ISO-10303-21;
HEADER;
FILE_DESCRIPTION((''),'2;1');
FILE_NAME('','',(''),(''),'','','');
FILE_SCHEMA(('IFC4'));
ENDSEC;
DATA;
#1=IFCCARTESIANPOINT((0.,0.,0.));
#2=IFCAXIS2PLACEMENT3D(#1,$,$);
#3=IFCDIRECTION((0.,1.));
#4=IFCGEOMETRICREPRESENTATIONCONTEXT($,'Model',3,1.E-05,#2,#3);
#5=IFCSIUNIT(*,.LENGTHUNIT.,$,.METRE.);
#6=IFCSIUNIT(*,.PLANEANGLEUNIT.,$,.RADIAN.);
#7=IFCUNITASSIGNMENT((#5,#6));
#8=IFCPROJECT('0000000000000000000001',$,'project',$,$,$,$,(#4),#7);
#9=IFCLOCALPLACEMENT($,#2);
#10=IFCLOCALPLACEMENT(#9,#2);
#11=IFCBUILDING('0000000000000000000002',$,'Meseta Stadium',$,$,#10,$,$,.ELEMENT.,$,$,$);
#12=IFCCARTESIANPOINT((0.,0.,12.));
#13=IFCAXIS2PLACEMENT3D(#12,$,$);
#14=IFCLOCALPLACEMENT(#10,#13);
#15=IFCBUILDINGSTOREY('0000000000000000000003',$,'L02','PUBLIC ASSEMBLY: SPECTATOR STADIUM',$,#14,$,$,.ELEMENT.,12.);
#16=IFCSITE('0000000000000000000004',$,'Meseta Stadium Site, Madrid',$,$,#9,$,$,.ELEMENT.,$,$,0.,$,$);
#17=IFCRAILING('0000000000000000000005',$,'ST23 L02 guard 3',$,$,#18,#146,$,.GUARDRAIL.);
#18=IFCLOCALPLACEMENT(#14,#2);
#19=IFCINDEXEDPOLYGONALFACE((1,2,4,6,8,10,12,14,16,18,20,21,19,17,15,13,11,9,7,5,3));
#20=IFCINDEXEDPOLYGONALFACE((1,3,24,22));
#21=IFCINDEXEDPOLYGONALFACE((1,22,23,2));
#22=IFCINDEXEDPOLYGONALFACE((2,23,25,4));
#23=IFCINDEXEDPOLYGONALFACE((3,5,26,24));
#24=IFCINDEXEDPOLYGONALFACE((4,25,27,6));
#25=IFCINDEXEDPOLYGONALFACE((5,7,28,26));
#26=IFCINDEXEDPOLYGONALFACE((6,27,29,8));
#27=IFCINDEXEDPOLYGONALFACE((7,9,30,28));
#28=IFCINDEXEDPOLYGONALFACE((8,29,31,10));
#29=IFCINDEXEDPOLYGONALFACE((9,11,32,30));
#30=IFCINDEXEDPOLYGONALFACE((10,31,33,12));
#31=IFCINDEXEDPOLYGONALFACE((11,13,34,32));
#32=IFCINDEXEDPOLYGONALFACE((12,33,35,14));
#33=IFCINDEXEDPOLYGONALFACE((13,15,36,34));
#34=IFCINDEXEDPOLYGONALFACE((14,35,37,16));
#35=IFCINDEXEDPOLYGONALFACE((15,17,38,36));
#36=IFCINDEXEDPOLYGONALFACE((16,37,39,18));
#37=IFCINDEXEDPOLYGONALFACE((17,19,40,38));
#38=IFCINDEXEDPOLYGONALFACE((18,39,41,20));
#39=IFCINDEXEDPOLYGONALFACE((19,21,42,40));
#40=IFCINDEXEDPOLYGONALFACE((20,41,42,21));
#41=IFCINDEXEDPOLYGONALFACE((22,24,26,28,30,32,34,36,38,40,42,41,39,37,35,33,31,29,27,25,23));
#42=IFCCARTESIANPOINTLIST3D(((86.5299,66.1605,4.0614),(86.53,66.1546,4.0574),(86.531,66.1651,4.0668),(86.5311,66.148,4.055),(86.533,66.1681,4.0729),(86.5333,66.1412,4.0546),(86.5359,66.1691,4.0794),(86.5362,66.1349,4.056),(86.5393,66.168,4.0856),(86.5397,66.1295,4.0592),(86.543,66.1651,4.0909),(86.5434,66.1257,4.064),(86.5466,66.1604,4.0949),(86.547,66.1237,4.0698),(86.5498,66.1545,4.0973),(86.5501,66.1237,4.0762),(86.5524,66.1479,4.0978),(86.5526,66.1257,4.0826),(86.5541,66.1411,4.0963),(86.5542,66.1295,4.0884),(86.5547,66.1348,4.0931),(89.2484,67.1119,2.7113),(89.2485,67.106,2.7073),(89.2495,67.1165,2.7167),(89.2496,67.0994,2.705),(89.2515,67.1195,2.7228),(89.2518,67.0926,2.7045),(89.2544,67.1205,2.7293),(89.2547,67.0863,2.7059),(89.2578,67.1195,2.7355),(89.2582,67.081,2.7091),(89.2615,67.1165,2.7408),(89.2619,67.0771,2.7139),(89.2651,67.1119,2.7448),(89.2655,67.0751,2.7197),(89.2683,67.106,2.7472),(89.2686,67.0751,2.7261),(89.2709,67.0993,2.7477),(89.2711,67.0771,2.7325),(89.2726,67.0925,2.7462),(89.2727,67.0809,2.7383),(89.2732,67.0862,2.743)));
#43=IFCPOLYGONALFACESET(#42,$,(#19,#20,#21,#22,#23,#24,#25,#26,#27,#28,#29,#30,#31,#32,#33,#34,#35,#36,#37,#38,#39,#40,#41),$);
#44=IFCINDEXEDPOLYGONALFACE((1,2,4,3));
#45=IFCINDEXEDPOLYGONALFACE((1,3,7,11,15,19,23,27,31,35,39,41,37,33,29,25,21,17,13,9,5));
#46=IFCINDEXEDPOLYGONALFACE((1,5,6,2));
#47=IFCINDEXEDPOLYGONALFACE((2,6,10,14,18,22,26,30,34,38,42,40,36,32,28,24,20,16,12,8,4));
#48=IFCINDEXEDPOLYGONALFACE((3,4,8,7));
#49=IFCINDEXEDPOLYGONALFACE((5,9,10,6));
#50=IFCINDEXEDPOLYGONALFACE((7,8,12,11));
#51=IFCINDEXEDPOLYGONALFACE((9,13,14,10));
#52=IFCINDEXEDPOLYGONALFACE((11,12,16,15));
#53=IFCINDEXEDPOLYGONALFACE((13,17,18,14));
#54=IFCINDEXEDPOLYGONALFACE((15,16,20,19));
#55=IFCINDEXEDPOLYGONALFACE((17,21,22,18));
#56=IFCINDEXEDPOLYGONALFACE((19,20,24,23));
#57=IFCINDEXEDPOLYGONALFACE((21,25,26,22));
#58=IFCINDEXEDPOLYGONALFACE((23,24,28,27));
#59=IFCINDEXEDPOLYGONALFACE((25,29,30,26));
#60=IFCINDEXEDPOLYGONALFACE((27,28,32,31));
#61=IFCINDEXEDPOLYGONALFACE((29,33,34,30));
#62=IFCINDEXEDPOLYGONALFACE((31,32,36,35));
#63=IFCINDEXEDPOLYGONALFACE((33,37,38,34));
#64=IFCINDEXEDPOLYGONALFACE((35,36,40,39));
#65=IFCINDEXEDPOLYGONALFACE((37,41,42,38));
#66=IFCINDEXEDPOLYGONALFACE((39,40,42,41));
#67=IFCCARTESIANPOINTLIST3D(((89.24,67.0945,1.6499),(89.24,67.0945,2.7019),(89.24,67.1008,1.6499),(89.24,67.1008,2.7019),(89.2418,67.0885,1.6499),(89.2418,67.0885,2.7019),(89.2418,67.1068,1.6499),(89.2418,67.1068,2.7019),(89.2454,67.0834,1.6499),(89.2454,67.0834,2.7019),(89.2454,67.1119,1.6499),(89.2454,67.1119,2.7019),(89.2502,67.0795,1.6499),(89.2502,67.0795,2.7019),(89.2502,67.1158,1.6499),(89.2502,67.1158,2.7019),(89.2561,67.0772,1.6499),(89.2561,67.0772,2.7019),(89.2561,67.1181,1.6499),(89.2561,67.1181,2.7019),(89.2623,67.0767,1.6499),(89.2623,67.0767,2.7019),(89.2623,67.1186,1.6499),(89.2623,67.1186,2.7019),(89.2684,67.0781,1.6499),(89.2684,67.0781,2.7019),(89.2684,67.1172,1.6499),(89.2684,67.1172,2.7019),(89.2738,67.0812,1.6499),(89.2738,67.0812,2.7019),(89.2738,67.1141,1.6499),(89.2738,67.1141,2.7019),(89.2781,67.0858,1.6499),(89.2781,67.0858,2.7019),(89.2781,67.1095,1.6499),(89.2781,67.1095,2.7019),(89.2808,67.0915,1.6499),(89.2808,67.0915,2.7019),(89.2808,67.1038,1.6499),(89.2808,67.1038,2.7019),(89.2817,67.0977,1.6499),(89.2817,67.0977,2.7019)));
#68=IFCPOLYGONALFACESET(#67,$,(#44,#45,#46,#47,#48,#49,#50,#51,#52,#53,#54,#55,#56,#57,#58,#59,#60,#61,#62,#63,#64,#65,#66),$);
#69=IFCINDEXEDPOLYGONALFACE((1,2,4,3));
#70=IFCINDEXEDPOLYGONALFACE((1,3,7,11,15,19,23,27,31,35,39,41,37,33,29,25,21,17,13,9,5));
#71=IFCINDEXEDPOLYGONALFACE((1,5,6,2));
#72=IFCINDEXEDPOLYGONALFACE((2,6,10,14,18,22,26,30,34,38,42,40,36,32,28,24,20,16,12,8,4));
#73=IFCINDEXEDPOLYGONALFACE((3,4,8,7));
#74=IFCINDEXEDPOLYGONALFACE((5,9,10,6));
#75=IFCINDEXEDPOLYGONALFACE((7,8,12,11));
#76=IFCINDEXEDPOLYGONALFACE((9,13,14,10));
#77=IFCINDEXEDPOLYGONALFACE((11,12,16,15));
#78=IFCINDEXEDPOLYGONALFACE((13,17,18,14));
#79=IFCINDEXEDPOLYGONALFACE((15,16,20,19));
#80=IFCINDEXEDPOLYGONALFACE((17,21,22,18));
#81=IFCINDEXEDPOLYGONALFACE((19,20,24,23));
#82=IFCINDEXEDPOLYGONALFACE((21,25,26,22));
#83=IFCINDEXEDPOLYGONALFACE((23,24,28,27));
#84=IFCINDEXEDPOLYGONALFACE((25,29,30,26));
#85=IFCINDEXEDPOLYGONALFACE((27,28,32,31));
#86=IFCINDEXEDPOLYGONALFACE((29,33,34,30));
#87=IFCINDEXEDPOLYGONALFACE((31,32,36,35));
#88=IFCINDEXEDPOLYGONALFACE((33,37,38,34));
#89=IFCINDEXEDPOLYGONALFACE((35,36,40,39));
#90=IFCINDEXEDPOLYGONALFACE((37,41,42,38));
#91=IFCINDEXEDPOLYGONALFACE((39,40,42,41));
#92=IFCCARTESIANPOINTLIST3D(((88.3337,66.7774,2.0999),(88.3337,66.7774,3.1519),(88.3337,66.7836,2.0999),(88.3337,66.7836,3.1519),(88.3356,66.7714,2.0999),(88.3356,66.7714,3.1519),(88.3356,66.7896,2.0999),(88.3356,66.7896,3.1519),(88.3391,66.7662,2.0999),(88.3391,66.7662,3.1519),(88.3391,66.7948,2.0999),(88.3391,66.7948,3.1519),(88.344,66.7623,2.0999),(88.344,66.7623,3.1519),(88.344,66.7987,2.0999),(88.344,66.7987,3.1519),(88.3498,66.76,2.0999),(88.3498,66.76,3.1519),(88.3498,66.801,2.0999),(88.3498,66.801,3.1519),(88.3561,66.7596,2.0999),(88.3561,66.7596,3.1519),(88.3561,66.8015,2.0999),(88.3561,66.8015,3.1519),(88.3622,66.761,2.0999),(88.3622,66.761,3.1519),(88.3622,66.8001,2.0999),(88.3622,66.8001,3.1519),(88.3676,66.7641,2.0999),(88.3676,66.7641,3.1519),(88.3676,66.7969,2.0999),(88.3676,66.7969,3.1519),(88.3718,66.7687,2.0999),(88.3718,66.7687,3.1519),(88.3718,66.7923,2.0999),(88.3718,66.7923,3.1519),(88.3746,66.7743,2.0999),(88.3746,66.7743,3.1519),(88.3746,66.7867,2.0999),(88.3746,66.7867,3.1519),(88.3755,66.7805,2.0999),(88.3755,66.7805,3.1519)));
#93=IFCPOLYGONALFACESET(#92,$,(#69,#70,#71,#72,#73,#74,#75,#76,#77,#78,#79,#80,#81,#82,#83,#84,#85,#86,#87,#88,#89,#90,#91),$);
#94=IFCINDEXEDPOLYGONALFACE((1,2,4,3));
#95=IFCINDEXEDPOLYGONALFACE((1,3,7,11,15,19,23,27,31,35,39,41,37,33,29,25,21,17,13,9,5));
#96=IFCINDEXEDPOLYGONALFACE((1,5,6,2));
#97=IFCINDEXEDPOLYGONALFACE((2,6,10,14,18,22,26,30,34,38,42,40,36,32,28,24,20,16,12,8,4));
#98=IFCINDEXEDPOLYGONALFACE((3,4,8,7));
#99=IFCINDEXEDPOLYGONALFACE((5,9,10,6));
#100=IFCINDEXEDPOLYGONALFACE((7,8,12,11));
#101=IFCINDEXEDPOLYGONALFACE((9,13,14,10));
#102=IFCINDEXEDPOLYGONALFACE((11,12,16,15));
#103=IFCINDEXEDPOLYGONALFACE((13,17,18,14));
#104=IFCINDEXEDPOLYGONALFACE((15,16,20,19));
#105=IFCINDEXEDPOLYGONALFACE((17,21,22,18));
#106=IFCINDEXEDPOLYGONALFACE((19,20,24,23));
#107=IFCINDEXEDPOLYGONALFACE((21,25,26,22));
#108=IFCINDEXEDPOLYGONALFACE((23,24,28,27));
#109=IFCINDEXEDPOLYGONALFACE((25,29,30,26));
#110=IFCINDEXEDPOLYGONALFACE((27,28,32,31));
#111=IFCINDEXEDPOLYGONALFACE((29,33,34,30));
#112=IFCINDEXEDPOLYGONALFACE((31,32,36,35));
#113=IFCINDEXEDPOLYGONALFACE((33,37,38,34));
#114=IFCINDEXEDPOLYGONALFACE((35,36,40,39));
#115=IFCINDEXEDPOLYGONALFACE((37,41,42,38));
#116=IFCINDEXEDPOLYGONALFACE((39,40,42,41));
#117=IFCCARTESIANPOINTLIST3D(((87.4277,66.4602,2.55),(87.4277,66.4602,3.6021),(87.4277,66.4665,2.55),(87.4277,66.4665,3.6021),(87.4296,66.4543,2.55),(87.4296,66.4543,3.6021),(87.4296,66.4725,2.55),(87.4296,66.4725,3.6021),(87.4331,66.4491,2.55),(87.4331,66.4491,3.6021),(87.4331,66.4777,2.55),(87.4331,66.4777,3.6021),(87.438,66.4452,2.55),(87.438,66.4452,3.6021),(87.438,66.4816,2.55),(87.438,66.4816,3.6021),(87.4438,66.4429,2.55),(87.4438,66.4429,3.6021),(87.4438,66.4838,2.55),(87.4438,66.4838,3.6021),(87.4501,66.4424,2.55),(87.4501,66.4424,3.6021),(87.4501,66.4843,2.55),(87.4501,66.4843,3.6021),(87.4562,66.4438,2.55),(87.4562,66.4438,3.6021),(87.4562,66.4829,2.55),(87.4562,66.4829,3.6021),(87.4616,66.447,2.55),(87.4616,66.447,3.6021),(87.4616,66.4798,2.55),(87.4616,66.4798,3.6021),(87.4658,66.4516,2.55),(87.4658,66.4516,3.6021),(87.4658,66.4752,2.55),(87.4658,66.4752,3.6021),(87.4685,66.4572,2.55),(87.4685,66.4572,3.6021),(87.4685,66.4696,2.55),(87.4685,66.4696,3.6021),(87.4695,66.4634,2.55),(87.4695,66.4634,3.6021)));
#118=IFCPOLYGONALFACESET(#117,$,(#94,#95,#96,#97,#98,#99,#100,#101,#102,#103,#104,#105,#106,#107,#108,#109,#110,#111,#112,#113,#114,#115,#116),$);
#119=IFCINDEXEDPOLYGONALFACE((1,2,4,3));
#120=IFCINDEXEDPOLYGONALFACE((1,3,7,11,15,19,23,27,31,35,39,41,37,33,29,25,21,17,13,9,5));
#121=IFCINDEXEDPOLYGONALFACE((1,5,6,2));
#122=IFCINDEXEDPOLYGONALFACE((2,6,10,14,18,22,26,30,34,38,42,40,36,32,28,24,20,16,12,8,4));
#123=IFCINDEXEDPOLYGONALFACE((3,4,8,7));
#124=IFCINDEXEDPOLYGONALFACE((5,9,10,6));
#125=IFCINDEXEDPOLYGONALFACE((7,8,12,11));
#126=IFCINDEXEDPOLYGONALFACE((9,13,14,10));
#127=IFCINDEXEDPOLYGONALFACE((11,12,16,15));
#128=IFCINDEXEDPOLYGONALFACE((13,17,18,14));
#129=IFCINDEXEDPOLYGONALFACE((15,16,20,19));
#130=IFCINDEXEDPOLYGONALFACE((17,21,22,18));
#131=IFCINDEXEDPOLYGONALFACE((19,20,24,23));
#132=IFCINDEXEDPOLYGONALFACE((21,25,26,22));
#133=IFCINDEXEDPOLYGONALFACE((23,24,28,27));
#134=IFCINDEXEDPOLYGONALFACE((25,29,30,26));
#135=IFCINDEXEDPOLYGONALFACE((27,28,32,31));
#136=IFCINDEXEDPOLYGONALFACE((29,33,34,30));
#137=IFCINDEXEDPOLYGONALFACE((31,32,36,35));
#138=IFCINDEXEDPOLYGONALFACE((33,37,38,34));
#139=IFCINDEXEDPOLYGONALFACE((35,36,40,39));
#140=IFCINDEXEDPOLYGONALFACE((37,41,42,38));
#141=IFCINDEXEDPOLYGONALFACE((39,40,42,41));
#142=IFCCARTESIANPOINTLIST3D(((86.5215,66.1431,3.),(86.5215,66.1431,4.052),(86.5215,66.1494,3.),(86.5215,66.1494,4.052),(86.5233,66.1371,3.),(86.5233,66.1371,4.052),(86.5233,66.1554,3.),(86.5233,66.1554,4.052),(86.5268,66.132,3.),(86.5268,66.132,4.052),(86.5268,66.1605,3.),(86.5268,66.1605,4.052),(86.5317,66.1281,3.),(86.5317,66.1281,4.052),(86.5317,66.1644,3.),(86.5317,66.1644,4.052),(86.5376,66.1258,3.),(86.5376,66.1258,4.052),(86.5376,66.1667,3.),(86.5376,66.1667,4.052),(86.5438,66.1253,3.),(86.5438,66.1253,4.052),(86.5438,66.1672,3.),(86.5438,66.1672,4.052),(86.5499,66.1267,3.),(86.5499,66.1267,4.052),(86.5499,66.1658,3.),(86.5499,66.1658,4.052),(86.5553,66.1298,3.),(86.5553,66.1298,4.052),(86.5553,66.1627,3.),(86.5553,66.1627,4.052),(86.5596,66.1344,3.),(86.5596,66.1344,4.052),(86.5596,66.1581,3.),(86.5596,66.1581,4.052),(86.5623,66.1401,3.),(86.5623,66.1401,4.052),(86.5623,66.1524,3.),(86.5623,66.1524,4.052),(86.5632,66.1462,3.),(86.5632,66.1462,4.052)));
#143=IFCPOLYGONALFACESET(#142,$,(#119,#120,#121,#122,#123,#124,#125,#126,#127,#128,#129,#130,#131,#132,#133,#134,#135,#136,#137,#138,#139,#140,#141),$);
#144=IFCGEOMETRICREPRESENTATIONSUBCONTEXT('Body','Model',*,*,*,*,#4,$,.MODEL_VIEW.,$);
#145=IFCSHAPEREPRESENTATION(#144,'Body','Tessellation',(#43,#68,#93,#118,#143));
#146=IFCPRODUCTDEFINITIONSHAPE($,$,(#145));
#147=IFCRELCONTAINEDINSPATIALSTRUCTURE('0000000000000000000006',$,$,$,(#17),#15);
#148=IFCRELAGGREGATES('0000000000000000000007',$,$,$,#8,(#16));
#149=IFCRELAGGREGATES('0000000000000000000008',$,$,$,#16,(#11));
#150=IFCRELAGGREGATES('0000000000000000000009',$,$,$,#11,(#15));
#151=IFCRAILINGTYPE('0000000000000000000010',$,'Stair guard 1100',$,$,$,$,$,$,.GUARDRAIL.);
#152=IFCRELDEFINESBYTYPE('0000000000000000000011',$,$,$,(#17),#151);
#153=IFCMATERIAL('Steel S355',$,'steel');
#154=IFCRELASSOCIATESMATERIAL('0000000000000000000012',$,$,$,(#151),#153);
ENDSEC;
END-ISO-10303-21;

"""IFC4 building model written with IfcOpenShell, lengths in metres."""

from ifc_helpers import new_model, si_unit, direction, frame, origin, origin_2d, place, context, subcontext, project, spatial, circle, extrude, material, type_object, element, save


model = new_model("IFC4")

# Units and contexts
model_context = context("Model", 3, precision=1e-05, world=origin(), true_north=direction((0.0, 1.0)))
body_context = subcontext(model_context, "Body", "Model", "MODEL_VIEW")
ifc_project = project(units=[si_unit("LENGTHUNIT", "METRE"), si_unit("PLANEANGLEUNIT", "RADIAN")], contexts=[model_context])

# Site, building, storey
site_placement = place(None, origin())
site = spatial("IfcSite", under=ifc_project, at=site_placement, Name="Meseta Stadium Site, Madrid", CompositionType="ELEMENT", RefElevation=0.0)
building_placement = place(site_placement, origin())
building = spatial("IfcBuilding", under=site, at=building_placement, Name="Meseta Stadium", CompositionType="ELEMENT")
storey_placement = place(building_placement, frame((0.0, 0.0, 12.0)))
storey = spatial("IfcBuildingStorey", under=building, at=storey_placement, Name="L02", Description="PUBLIC ASSEMBLY: SPECTATOR STADIUM", CompositionType="ELEMENT", Elevation=12.0)

# Railing
ifc_material_1 = material(Name="Steel S355", Category="steel")
railing_type_1 = type_object("IfcRailingType", Name="Stair guard 1100", PredefinedType="GUARDRAIL", material=ifc_material_1)
railing_1_placement = place(storey_placement, frame((89.2607, 67.0977, 1.6499)))
element("IfcRailing", 1, at=railing_1_placement, inside=storey, type_object=railing_type_1, Name="ST23 L02 guard 3", PredefinedType="GUARDRAIL", context=body_context, shape_type="SweptSolid", body=[
    extrude(circle(Radius=0.0239, at=origin_2d()), frame((0.0, 0.0, 1.0762), z_axis=(-0.85463, -0.299101, 0.424437), x_axis=(0.330332, -0.943865, 0.0)), (0.0, 0.0, 1.0), 3.1809),
    extrude(circle(Radius=0.021, at=origin_2d()), origin(), (0.0, 0.0, 1.0), 1.052),
    extrude(circle(Radius=0.021, at=origin_2d()), frame((-0.9062, -0.3171, 0.45)), (0.0, 0.0, 1.0), 1.052),
    extrude(circle(Radius=0.021, at=origin_2d()), frame((-1.8123, -0.6343, 0.9001)), (0.0, 0.0, 1.0), 1.052),
    extrude(circle(Radius=0.021, at=origin_2d()), frame((-2.7185, -0.9514, 1.3501)), (0.0, 0.0, 1.0), 1.052),
])

save(model, "model.ifc")
